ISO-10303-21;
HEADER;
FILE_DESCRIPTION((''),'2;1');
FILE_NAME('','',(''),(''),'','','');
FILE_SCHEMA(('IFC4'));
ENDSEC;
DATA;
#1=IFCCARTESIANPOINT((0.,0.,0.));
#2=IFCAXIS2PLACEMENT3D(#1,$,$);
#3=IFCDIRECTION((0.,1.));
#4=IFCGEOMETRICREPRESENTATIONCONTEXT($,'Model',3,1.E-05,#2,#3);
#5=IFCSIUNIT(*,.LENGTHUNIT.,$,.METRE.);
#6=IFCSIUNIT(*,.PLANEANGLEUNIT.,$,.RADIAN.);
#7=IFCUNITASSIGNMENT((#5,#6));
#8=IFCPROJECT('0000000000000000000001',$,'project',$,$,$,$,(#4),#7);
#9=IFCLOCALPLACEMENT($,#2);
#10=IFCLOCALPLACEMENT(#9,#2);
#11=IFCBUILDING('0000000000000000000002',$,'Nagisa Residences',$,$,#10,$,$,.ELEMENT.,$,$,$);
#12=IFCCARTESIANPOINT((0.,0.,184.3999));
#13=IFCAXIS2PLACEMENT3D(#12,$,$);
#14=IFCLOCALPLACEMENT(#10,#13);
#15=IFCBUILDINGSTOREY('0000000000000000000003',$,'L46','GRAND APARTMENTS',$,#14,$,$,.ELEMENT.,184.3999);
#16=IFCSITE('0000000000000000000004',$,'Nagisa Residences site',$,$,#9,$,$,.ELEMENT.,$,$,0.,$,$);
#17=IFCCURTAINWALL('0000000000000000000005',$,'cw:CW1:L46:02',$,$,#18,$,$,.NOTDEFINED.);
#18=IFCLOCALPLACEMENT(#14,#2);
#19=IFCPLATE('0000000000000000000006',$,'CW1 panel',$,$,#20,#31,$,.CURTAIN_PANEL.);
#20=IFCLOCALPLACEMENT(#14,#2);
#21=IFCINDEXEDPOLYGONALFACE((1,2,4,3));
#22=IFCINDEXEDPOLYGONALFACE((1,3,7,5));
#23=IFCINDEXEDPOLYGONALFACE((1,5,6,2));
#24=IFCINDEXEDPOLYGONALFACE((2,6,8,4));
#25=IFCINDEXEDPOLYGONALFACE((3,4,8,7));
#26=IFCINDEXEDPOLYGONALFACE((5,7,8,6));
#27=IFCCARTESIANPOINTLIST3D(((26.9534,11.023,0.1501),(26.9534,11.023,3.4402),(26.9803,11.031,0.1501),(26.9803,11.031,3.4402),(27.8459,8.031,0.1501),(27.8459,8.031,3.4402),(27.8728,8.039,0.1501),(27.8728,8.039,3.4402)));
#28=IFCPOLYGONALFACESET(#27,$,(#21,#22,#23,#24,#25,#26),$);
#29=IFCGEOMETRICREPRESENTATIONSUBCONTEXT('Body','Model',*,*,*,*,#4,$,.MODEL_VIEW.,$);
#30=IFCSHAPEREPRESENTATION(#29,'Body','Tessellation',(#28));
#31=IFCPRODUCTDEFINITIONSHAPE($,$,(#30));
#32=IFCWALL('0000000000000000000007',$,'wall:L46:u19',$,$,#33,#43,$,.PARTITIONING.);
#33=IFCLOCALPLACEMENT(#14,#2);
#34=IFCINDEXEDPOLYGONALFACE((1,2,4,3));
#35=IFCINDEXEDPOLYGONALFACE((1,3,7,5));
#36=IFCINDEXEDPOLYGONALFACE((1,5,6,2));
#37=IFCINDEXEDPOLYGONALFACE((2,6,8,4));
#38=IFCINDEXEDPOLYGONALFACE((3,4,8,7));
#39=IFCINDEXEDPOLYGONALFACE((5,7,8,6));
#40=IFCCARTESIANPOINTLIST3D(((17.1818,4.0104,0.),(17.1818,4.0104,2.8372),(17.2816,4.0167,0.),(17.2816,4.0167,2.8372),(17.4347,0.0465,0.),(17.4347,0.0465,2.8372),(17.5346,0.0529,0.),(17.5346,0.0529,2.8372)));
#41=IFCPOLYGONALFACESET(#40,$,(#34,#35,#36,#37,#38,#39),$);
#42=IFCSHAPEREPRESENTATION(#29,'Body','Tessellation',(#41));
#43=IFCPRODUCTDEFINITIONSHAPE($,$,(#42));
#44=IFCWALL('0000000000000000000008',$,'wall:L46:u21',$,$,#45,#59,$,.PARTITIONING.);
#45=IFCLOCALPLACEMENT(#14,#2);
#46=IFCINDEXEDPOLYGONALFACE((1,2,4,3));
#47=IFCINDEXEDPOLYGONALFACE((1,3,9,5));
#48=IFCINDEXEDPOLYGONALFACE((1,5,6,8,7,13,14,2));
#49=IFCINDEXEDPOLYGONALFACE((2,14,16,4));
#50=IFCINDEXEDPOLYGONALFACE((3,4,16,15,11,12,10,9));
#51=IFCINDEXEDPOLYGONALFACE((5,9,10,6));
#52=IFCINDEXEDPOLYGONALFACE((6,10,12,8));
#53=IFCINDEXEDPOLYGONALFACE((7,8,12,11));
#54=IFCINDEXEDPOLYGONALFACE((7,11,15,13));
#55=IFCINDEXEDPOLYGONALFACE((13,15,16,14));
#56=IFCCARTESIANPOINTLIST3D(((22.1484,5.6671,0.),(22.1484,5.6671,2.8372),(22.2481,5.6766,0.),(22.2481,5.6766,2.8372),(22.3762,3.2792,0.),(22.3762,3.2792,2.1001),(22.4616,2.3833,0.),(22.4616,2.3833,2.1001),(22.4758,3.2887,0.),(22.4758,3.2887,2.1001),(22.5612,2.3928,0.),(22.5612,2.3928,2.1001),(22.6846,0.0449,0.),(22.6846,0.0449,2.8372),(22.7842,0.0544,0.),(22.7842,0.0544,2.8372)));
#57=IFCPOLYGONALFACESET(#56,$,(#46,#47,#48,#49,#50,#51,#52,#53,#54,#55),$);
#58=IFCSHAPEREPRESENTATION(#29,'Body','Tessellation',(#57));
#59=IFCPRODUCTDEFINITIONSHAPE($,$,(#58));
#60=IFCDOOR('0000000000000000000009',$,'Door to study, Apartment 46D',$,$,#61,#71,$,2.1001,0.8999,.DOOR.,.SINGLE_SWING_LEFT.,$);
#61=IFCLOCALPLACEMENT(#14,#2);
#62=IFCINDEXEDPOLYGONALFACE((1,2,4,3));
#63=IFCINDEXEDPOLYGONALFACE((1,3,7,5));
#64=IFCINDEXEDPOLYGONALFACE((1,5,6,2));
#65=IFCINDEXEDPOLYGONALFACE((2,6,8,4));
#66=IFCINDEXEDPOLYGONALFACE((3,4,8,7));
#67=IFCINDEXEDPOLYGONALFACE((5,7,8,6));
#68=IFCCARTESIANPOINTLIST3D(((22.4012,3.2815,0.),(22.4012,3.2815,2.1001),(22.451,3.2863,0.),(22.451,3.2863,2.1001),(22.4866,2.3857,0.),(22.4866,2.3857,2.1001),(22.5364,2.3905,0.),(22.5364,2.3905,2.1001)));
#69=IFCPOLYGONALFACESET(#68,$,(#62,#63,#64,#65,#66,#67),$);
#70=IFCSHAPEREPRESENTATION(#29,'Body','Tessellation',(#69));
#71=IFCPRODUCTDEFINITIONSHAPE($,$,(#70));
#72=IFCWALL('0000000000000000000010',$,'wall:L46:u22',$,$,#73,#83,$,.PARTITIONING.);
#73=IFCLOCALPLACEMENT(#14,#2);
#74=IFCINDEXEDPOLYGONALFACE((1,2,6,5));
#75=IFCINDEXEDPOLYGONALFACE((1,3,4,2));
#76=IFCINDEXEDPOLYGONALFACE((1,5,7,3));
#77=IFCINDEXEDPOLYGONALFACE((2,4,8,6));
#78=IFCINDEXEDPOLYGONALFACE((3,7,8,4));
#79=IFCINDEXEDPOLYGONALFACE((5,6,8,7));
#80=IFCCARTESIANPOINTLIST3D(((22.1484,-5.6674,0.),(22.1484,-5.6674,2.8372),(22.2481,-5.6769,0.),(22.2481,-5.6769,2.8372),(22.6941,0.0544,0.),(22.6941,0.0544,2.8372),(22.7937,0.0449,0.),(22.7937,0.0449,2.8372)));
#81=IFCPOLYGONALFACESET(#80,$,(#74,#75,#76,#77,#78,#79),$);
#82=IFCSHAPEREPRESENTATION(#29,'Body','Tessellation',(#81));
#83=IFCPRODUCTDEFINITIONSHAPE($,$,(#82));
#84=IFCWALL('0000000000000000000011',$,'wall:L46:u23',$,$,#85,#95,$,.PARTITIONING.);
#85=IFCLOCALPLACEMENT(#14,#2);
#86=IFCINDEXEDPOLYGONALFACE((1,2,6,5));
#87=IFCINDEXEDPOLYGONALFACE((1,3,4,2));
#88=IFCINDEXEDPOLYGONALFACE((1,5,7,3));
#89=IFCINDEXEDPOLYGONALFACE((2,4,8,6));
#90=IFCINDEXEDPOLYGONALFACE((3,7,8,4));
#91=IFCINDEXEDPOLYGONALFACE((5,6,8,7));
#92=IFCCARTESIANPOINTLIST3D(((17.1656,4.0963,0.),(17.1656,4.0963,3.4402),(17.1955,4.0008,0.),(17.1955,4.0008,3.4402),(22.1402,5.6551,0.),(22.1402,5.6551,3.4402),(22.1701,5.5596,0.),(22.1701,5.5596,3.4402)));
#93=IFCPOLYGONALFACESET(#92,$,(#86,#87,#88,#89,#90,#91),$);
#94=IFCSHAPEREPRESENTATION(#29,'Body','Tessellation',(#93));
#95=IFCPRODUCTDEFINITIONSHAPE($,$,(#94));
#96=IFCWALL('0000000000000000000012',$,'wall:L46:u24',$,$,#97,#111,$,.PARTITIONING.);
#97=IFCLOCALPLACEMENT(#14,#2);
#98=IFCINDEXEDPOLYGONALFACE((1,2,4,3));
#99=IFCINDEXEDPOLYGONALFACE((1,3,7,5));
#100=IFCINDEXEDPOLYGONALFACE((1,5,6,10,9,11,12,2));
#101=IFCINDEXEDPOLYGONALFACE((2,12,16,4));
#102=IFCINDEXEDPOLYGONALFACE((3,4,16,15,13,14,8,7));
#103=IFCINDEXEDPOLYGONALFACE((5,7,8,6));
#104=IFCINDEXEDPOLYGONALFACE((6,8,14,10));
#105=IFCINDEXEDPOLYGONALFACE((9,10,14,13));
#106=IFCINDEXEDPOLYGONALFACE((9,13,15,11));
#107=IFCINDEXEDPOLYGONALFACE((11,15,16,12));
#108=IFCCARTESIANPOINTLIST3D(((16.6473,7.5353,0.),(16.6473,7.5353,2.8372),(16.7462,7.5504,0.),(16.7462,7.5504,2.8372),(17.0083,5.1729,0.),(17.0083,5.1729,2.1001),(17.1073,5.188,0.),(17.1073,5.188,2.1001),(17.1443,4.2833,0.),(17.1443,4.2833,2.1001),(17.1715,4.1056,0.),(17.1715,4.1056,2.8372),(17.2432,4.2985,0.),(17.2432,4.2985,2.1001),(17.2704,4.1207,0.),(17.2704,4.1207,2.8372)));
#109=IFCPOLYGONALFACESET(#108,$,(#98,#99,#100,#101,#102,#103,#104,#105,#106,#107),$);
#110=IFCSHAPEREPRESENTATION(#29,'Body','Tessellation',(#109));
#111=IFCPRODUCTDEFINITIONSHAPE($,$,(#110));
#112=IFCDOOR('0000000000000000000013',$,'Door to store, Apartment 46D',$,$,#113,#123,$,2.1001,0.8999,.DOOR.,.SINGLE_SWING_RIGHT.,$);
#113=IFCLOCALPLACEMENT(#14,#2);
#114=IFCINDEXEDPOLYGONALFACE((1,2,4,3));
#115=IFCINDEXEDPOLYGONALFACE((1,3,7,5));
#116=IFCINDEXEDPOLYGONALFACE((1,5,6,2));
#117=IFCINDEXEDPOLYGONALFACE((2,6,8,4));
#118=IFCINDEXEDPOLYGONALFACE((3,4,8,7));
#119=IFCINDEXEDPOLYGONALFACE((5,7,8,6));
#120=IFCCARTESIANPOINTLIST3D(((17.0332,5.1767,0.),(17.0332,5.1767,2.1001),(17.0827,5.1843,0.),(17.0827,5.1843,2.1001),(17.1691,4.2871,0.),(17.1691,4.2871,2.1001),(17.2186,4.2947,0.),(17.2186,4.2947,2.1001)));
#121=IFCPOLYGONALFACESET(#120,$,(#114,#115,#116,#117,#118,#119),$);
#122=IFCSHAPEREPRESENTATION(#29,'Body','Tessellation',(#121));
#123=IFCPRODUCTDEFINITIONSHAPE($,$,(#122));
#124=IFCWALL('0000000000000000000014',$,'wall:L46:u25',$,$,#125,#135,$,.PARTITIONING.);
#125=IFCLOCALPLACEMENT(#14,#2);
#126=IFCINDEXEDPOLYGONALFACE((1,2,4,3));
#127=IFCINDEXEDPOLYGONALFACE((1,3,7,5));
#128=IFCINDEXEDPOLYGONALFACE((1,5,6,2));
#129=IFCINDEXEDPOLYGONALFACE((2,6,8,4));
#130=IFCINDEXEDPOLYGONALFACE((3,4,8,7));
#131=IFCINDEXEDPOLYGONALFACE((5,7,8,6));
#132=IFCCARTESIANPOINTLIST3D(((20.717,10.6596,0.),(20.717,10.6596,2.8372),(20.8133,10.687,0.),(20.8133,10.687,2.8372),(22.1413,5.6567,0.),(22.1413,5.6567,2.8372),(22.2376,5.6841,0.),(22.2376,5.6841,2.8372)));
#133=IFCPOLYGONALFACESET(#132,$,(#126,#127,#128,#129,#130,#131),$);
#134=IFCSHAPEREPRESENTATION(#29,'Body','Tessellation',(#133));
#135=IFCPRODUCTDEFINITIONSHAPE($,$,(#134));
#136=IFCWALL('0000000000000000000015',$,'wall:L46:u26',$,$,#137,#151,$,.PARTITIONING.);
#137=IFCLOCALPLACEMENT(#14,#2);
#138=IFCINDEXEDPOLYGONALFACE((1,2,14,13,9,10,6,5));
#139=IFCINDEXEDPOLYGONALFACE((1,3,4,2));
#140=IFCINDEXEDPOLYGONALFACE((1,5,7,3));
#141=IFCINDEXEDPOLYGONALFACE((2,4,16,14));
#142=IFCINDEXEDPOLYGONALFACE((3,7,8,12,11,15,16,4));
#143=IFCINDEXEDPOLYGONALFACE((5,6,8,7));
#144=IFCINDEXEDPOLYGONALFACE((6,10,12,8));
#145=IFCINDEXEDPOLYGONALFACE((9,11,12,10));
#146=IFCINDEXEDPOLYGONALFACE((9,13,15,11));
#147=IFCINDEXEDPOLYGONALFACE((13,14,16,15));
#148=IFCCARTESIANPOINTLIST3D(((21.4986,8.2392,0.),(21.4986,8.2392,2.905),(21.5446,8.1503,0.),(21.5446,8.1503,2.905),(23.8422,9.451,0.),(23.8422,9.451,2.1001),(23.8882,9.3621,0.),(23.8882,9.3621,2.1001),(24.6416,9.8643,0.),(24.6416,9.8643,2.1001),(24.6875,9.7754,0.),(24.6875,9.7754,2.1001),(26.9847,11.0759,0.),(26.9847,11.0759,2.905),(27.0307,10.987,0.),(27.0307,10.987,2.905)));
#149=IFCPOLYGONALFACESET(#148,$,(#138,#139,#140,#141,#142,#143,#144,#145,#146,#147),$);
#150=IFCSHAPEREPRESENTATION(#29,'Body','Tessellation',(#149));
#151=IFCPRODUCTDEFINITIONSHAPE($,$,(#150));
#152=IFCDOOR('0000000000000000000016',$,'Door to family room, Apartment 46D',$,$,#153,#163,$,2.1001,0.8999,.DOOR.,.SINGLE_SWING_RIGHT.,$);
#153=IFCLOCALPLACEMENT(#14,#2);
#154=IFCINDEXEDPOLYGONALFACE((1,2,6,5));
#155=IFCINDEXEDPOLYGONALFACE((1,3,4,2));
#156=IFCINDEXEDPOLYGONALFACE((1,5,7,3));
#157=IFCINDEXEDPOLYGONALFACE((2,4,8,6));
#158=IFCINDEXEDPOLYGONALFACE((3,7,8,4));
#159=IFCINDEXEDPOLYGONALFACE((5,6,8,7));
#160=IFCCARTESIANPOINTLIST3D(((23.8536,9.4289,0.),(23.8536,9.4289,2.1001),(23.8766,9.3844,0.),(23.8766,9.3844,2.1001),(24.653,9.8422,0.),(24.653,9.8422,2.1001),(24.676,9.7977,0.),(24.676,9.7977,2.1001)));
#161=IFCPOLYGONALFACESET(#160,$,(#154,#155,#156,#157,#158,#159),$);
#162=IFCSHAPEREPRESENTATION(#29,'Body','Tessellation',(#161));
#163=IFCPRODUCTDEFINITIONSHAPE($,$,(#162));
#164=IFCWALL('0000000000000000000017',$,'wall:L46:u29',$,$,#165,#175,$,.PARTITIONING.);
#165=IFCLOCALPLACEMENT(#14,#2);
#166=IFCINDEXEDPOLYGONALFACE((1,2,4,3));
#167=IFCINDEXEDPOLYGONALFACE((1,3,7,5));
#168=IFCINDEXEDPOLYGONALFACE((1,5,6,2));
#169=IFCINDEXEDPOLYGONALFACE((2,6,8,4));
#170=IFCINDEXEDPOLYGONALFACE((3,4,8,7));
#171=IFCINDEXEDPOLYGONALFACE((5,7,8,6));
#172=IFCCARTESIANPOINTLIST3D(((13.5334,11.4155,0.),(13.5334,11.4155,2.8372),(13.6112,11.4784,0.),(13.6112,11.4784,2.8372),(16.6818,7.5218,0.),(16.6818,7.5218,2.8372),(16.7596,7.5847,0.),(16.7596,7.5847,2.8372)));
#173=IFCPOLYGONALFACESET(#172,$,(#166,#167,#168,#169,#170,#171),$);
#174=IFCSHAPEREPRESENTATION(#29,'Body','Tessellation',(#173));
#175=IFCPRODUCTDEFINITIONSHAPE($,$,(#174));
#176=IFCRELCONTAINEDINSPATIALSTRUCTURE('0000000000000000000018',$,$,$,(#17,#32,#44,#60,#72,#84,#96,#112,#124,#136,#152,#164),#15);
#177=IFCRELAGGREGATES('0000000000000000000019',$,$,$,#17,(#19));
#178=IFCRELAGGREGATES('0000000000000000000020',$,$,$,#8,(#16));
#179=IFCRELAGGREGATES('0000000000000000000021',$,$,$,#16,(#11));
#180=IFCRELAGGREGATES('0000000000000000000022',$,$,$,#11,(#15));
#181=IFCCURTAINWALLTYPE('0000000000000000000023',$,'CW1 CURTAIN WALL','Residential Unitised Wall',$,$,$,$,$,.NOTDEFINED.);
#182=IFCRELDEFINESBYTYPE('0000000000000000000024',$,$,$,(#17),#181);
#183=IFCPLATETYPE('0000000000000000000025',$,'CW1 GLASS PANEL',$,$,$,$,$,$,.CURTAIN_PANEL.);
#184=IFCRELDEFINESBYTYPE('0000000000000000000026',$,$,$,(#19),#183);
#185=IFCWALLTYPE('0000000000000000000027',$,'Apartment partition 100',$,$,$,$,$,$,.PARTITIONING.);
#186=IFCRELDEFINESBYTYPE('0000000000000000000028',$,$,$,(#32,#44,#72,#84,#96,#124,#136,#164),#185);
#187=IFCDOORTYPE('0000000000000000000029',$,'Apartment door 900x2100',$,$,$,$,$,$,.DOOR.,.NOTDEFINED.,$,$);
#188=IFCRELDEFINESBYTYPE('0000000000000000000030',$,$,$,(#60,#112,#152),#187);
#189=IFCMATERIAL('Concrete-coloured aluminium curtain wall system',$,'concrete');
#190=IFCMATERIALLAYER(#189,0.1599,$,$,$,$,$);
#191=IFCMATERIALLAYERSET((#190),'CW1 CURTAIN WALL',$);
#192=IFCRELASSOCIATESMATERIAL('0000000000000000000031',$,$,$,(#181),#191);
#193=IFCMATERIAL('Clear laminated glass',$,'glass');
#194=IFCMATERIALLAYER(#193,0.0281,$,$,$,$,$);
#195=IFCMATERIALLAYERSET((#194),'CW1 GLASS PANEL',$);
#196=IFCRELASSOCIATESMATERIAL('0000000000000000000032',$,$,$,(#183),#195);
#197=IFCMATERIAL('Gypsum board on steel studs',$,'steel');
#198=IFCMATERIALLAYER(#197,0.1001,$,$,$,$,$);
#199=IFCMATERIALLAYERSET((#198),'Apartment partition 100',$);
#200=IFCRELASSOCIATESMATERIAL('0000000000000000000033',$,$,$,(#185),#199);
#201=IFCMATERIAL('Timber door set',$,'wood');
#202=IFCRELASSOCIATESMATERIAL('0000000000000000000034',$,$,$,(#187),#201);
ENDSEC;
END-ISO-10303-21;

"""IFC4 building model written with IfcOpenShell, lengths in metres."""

from ifc_helpers import new_model, si_unit, direction, frame, frame_2d, origin, origin_2d, place, context, subcontext, project, spatial, rectangle, extrude, material, layer, layer_set, type_object, element, fill, aggregate, save


model = new_model("IFC4")

# Units and contexts
model_context = context("Model", 3, precision=1e-05, world=origin(), true_north=direction((0.0, 1.0)))
body_context = subcontext(model_context, "Body", "Model", "MODEL_VIEW")
ifc_project = project(units=[si_unit("LENGTHUNIT", "METRE"), si_unit("PLANEANGLEUNIT", "RADIAN")], contexts=[model_context])

# Site, building, storey
site_placement = place(None, origin())
site = spatial("IfcSite", under=ifc_project, at=site_placement, Name="Nagisa Residences site", CompositionType="ELEMENT", RefElevation=0.0)
building_placement = place(site_placement, origin())
building = spatial("IfcBuilding", under=site, at=building_placement, Name="Nagisa Residences", CompositionType="ELEMENT")
storey_placement = place(building_placement, frame((0.0, 0.0, 184.3999)))
storey = spatial("IfcBuildingStorey", under=building, at=storey_placement, Name="L46", Description="GRAND APARTMENTS", CompositionType="ELEMENT", Elevation=184.3999)

# Curtain wall
ifc_material_1 = material(Name="Concrete-coloured aluminium curtain wall system", Category="concrete")
ifc_layer_1 = layer(ifc_material_1, 0.1599)
ifc_layer_set_1 = layer_set([ifc_layer_1], Name="CW1 CURTAIN WALL")
curtain_wall_type = type_object("IfcCurtainWallType", Name="CW1 CURTAIN WALL", Description="Residential Unitised Wall", PredefinedType="NOTDEFINED", material=ifc_layer_set_1)
curtain_wall_1_placement = place(storey_placement, origin())
curtain_wall_1 = element("IfcCurtainWall", 1, at=curtain_wall_1_placement, inside=storey, type_object=curtain_wall_type, Name="cw:CW1:L46:02", PredefinedType="NOTDEFINED")

# Plate
ifc_material_2 = material(Name="Clear laminated glass", Category="glass")
ifc_layer_2 = layer(ifc_material_2, 0.0281)
ifc_layer_set_2 = layer_set([ifc_layer_2], Name="CW1 GLASS PANEL")
plate_type = type_object("IfcPlateType", Name="CW1 GLASS PANEL", PredefinedType="CURTAIN_PANEL", material=ifc_layer_set_2)
plate_1_placement = place(storey_placement, frame((27.4131, 9.531, 0.1501), z_axis=(0.0, 0.0, 1.0), x_axis=(-0.28586, 0.958271, 0.0)))
plate_1 = element("IfcPlate", 2, at=plate_1_placement, type_object=plate_type, Name="CW1 panel", PredefinedType="CURTAIN_PANEL", context=body_context, shape_type="SweptSolid", body=[
    extrude(rectangle(XDim=3.1223, YDim=0.0281, at=origin_2d()), origin(), (0.0, 0.0, 1.0), 3.29),
])
aggregate(curtain_wall_1, [plate_1])

# Wall
ifc_material_3 = material(Name="Gypsum board on steel studs", Category="steel")
ifc_layer_3 = layer(ifc_material_3, 0.1001)
ifc_layer_set_3 = layer_set([ifc_layer_3], Name="Apartment partition 100")
wall_type_1 = type_object("IfcWallType", Name="Apartment partition 100", PredefinedType="PARTITIONING", material=ifc_layer_set_3)
wall_1_placement = place(storey_placement, frame((17.4846, 0.0498, 0.0), z_axis=(0.0, 0.0, 1.0), x_axis=(-0.063679, 0.99797, 0.0)))
element("IfcWall", 3, at=wall_1_placement, inside=storey, type_object=wall_type_1, Name="wall:L46:u19", PredefinedType="PARTITIONING", context=body_context, shape_type="SweptSolid", body=[
    extrude(rectangle(XDim=3.9719, YDim=0.1001, at=frame_2d((1.9858, 0.0))), origin(), (0.0, 0.0, 1.0), 2.8372),
])

# Wall, opening, door
wall_2_placement = place(storey_placement, frame((22.7344, 0.0498, 0.0), z_axis=(0.0, 0.0, 1.0), x_axis=(-0.094927, 0.995484, 0.0)))
wall_2 = element("IfcWall", 4, at=wall_2_placement, inside=storey, type_object=wall_type_1, Name="wall:L46:u21", PredefinedType="PARTITIONING", context=body_context, shape_type="SweptSolid", body=[
    extrude(rectangle(XDim=5.6477, YDim=0.1001, at=frame_2d((2.8237, 0.0))), origin(), (0.0, 0.0, 1.0), 2.8372),
])
opening_1_placement = place(wall_2_placement, frame((2.3489, 0.0, 0.0)))
opening_1 = element("IfcOpeningElement", 5, at=opening_1_placement, cuts=wall_2, PredefinedType="OPENING", context=body_context, shape_type="SweptSolid", body=[
    extrude(rectangle(XDim=0.8999, YDim=2.1001, at=frame_2d((0.45, 1.05))), frame((0.0, 0.0601, 0.0), z_axis=(0.0, -1.0, 0.0), x_axis=(1.0, 0.0, 0.0)), (0.0, 0.0, 1.0), 0.1201),
])
ifc_material_4 = material(Name="Timber door set", Category="wood")
door_type_1 = type_object("IfcDoorType", Name="Apartment door 900x2100", OperationType="NOTDEFINED", PredefinedType="DOOR", material=ifc_material_4)
door_1_placement = place(opening_1_placement, origin())
door_1 = element("IfcDoor", 6, at=door_1_placement, inside=storey, type_object=door_type_1, Name="Door to study, Apartment 46D", OperationType="SINGLE_SWING_LEFT", OverallHeight=2.1001, OverallWidth=0.8999, PredefinedType="DOOR", context=body_context, shape_type="SweptSolid", body=[
    extrude(rectangle(XDim=0.8999, YDim=2.1001, at=frame_2d((0.45, 1.05))), frame((0.0, 0.0249, 0.0), z_axis=(0.0, -1.0, 0.0), x_axis=(1.0, 0.0, 0.0)), (0.0, 0.0, 1.0), 0.05),
])
fill(opening_1, door_1)

# Walls
wall_3_placement = place(storey_placement, frame((22.7439, 0.0498, 0.0), z_axis=(0.0, 0.0, 1.0), x_axis=(-0.094931, -0.995484, 0.0)))
element("IfcWall", 7, at=wall_3_placement, inside=storey, type_object=wall_type_1, Name="wall:L46:u22", PredefinedType="PARTITIONING", context=body_context, shape_type="SweptSolid", body=[
    extrude(rectangle(XDim=5.7478, YDim=0.1001, at=frame_2d((2.874, 0.0))), origin(), (0.0, 0.0, 1.0), 2.8372),
])
wall_4_placement = place(storey_placement, frame((17.1807, 4.0486, 0.0), z_axis=(0.0, 0.0, 1.0), x_axis=(0.954246, 0.299022, 0.0)))
element("IfcWall", 8, at=wall_4_placement, inside=storey, type_object=wall_type_1, Name="wall:L46:u23", PredefinedType="PARTITIONING", context=body_context, shape_type="SweptSolid", body=[
    extrude(rectangle(XDim=5.2131, YDim=0.1001, at=frame_2d((2.6064, 0.0))), origin(), (0.0, 0.0, 1.0), 3.4402),
])

# Wall, opening, door
wall_5_placement = place(storey_placement, frame((17.2209, 4.113, 0.0), z_axis=(0.0, 0.0, 1.0), x_axis=(-0.151079, 0.988522, 0.0)))
wall_5 = element("IfcWall", 9, at=wall_5_placement, inside=storey, type_object=wall_type_1, Name="wall:L46:u24", PredefinedType="PARTITIONING", context=body_context, shape_type="SweptSolid", body=[
    extrude(rectangle(XDim=3.4695, YDim=0.1001, at=frame_2d((1.7349, 0.0))), origin(), (0.0, 0.0, 1.0), 2.8372),
])
opening_2_placement = place(wall_5_placement, frame((0.1799, 0.0, 0.0)))
opening_2 = element("IfcOpeningElement", 10, at=opening_2_placement, cuts=wall_5, PredefinedType="OPENING", context=body_context, shape_type="SweptSolid", body=[
    extrude(rectangle(XDim=0.8999, YDim=2.1001, at=frame_2d((0.45, 1.05))), frame((0.0, 0.0601, 0.0), z_axis=(0.0, -1.0, 0.0), x_axis=(1.0, 0.0, 0.0)), (0.0, 0.0, 1.0), 0.1201),
])
door_2_placement = place(opening_2_placement, origin())
door_2 = element("IfcDoor", 11, at=door_2_placement, inside=storey, type_object=door_type_1, Name="Door to store, Apartment 46D", OperationType="SINGLE_SWING_RIGHT", OverallHeight=2.1001, OverallWidth=0.8999, PredefinedType="DOOR", context=body_context, shape_type="SweptSolid", body=[
    extrude(rectangle(XDim=0.8999, YDim=2.1001, at=frame_2d((0.45, 1.05))), frame((0.0, 0.0249, 0.0), z_axis=(0.0, -1.0, 0.0), x_axis=(1.0, 0.0, 0.0)), (0.0, 0.0, 1.0), 0.05),
])
fill(opening_2, door_2)

# Wall
wall_6_placement = place(storey_placement, frame((22.1895, 5.6704, 0.0), z_axis=(0.0, 0.0, 1.0), x_axis=(-0.273816, 0.961782, 0.0)))
element("IfcWall", 12, at=wall_6_placement, inside=storey, type_object=wall_type_1, Name="wall:L46:u25", PredefinedType="PARTITIONING", context=body_context, shape_type="SweptSolid", body=[
    extrude(rectangle(XDim=5.2017, YDim=0.1001, at=frame_2d((2.6008, 0.0))), origin(), (0.0, 0.0, 1.0), 2.8372),
])

# Wall, opening, door
wall_7_placement = place(storey_placement, frame((21.5217, 8.1948, 0.0), z_axis=(0.0, 0.0, 1.0), x_axis=(0.888281, 0.4593, 0.0)))
wall_7 = element("IfcWall", 13, at=wall_7_placement, inside=storey, type_object=wall_type_1, Name="wall:L46:u26", PredefinedType="PARTITIONING", context=body_context, shape_type="SweptSolid", body=[
    extrude(rectangle(XDim=6.176, YDim=0.1001, at=frame_2d((3.0879, 0.0))), origin(), (0.0, 0.0, 1.0), 2.905),
])
opening_3_placement = place(wall_7_placement, frame((2.6382, 0.0, 0.0)))
opening_3 = element("IfcOpeningElement", 14, at=opening_3_placement, cuts=wall_7, PredefinedType="OPENING", context=body_context, shape_type="SweptSolid", body=[
    extrude(rectangle(XDim=0.8999, YDim=2.1001, at=frame_2d((0.45, 1.05))), frame((0.0, 0.0601, 0.0), z_axis=(0.0, -1.0, 0.0), x_axis=(1.0, 0.0, 0.0)), (0.0, 0.0, 1.0), 0.1201),
])
door_3_placement = place(opening_3_placement, frame((0.8999, 0.0, 0.0), x_axis=(-1.0, 0.0, 0.0)))
door_3 = element("IfcDoor", 15, at=door_3_placement, inside=storey, type_object=door_type_1, Name="Door to family room, Apartment 46D", OperationType="SINGLE_SWING_RIGHT", OverallHeight=2.1001, OverallWidth=0.8999, PredefinedType="DOOR", context=body_context, shape_type="SweptSolid", body=[
    extrude(rectangle(XDim=0.8999, YDim=2.1001, at=frame_2d((0.45, 1.05))), frame((0.0, 0.0249, 0.0), z_axis=(0.0, -1.0, 0.0), x_axis=(1.0, 0.0, 0.0)), (0.0, 0.0, 1.0), 0.05),
])
fill(opening_3, door_3)

# Wall
wall_8_placement = place(storey_placement, frame((16.7207, 7.5532, 0.0), z_axis=(0.0, 0.0, 1.0), x_axis=(-0.628754, 0.777605, 0.0)))
element("IfcWall", 16, at=wall_8_placement, inside=storey, type_object=wall_type_1, Name="wall:L46:u29", PredefinedType="PARTITIONING", context=body_context, shape_type="SweptSolid", body=[
    extrude(rectangle(XDim=5.0073, YDim=0.1001, at=frame_2d((2.5037, 0.0))), origin(), (0.0, 0.0, 1.0), 2.8372),
])

save(model, "model.ifc")
